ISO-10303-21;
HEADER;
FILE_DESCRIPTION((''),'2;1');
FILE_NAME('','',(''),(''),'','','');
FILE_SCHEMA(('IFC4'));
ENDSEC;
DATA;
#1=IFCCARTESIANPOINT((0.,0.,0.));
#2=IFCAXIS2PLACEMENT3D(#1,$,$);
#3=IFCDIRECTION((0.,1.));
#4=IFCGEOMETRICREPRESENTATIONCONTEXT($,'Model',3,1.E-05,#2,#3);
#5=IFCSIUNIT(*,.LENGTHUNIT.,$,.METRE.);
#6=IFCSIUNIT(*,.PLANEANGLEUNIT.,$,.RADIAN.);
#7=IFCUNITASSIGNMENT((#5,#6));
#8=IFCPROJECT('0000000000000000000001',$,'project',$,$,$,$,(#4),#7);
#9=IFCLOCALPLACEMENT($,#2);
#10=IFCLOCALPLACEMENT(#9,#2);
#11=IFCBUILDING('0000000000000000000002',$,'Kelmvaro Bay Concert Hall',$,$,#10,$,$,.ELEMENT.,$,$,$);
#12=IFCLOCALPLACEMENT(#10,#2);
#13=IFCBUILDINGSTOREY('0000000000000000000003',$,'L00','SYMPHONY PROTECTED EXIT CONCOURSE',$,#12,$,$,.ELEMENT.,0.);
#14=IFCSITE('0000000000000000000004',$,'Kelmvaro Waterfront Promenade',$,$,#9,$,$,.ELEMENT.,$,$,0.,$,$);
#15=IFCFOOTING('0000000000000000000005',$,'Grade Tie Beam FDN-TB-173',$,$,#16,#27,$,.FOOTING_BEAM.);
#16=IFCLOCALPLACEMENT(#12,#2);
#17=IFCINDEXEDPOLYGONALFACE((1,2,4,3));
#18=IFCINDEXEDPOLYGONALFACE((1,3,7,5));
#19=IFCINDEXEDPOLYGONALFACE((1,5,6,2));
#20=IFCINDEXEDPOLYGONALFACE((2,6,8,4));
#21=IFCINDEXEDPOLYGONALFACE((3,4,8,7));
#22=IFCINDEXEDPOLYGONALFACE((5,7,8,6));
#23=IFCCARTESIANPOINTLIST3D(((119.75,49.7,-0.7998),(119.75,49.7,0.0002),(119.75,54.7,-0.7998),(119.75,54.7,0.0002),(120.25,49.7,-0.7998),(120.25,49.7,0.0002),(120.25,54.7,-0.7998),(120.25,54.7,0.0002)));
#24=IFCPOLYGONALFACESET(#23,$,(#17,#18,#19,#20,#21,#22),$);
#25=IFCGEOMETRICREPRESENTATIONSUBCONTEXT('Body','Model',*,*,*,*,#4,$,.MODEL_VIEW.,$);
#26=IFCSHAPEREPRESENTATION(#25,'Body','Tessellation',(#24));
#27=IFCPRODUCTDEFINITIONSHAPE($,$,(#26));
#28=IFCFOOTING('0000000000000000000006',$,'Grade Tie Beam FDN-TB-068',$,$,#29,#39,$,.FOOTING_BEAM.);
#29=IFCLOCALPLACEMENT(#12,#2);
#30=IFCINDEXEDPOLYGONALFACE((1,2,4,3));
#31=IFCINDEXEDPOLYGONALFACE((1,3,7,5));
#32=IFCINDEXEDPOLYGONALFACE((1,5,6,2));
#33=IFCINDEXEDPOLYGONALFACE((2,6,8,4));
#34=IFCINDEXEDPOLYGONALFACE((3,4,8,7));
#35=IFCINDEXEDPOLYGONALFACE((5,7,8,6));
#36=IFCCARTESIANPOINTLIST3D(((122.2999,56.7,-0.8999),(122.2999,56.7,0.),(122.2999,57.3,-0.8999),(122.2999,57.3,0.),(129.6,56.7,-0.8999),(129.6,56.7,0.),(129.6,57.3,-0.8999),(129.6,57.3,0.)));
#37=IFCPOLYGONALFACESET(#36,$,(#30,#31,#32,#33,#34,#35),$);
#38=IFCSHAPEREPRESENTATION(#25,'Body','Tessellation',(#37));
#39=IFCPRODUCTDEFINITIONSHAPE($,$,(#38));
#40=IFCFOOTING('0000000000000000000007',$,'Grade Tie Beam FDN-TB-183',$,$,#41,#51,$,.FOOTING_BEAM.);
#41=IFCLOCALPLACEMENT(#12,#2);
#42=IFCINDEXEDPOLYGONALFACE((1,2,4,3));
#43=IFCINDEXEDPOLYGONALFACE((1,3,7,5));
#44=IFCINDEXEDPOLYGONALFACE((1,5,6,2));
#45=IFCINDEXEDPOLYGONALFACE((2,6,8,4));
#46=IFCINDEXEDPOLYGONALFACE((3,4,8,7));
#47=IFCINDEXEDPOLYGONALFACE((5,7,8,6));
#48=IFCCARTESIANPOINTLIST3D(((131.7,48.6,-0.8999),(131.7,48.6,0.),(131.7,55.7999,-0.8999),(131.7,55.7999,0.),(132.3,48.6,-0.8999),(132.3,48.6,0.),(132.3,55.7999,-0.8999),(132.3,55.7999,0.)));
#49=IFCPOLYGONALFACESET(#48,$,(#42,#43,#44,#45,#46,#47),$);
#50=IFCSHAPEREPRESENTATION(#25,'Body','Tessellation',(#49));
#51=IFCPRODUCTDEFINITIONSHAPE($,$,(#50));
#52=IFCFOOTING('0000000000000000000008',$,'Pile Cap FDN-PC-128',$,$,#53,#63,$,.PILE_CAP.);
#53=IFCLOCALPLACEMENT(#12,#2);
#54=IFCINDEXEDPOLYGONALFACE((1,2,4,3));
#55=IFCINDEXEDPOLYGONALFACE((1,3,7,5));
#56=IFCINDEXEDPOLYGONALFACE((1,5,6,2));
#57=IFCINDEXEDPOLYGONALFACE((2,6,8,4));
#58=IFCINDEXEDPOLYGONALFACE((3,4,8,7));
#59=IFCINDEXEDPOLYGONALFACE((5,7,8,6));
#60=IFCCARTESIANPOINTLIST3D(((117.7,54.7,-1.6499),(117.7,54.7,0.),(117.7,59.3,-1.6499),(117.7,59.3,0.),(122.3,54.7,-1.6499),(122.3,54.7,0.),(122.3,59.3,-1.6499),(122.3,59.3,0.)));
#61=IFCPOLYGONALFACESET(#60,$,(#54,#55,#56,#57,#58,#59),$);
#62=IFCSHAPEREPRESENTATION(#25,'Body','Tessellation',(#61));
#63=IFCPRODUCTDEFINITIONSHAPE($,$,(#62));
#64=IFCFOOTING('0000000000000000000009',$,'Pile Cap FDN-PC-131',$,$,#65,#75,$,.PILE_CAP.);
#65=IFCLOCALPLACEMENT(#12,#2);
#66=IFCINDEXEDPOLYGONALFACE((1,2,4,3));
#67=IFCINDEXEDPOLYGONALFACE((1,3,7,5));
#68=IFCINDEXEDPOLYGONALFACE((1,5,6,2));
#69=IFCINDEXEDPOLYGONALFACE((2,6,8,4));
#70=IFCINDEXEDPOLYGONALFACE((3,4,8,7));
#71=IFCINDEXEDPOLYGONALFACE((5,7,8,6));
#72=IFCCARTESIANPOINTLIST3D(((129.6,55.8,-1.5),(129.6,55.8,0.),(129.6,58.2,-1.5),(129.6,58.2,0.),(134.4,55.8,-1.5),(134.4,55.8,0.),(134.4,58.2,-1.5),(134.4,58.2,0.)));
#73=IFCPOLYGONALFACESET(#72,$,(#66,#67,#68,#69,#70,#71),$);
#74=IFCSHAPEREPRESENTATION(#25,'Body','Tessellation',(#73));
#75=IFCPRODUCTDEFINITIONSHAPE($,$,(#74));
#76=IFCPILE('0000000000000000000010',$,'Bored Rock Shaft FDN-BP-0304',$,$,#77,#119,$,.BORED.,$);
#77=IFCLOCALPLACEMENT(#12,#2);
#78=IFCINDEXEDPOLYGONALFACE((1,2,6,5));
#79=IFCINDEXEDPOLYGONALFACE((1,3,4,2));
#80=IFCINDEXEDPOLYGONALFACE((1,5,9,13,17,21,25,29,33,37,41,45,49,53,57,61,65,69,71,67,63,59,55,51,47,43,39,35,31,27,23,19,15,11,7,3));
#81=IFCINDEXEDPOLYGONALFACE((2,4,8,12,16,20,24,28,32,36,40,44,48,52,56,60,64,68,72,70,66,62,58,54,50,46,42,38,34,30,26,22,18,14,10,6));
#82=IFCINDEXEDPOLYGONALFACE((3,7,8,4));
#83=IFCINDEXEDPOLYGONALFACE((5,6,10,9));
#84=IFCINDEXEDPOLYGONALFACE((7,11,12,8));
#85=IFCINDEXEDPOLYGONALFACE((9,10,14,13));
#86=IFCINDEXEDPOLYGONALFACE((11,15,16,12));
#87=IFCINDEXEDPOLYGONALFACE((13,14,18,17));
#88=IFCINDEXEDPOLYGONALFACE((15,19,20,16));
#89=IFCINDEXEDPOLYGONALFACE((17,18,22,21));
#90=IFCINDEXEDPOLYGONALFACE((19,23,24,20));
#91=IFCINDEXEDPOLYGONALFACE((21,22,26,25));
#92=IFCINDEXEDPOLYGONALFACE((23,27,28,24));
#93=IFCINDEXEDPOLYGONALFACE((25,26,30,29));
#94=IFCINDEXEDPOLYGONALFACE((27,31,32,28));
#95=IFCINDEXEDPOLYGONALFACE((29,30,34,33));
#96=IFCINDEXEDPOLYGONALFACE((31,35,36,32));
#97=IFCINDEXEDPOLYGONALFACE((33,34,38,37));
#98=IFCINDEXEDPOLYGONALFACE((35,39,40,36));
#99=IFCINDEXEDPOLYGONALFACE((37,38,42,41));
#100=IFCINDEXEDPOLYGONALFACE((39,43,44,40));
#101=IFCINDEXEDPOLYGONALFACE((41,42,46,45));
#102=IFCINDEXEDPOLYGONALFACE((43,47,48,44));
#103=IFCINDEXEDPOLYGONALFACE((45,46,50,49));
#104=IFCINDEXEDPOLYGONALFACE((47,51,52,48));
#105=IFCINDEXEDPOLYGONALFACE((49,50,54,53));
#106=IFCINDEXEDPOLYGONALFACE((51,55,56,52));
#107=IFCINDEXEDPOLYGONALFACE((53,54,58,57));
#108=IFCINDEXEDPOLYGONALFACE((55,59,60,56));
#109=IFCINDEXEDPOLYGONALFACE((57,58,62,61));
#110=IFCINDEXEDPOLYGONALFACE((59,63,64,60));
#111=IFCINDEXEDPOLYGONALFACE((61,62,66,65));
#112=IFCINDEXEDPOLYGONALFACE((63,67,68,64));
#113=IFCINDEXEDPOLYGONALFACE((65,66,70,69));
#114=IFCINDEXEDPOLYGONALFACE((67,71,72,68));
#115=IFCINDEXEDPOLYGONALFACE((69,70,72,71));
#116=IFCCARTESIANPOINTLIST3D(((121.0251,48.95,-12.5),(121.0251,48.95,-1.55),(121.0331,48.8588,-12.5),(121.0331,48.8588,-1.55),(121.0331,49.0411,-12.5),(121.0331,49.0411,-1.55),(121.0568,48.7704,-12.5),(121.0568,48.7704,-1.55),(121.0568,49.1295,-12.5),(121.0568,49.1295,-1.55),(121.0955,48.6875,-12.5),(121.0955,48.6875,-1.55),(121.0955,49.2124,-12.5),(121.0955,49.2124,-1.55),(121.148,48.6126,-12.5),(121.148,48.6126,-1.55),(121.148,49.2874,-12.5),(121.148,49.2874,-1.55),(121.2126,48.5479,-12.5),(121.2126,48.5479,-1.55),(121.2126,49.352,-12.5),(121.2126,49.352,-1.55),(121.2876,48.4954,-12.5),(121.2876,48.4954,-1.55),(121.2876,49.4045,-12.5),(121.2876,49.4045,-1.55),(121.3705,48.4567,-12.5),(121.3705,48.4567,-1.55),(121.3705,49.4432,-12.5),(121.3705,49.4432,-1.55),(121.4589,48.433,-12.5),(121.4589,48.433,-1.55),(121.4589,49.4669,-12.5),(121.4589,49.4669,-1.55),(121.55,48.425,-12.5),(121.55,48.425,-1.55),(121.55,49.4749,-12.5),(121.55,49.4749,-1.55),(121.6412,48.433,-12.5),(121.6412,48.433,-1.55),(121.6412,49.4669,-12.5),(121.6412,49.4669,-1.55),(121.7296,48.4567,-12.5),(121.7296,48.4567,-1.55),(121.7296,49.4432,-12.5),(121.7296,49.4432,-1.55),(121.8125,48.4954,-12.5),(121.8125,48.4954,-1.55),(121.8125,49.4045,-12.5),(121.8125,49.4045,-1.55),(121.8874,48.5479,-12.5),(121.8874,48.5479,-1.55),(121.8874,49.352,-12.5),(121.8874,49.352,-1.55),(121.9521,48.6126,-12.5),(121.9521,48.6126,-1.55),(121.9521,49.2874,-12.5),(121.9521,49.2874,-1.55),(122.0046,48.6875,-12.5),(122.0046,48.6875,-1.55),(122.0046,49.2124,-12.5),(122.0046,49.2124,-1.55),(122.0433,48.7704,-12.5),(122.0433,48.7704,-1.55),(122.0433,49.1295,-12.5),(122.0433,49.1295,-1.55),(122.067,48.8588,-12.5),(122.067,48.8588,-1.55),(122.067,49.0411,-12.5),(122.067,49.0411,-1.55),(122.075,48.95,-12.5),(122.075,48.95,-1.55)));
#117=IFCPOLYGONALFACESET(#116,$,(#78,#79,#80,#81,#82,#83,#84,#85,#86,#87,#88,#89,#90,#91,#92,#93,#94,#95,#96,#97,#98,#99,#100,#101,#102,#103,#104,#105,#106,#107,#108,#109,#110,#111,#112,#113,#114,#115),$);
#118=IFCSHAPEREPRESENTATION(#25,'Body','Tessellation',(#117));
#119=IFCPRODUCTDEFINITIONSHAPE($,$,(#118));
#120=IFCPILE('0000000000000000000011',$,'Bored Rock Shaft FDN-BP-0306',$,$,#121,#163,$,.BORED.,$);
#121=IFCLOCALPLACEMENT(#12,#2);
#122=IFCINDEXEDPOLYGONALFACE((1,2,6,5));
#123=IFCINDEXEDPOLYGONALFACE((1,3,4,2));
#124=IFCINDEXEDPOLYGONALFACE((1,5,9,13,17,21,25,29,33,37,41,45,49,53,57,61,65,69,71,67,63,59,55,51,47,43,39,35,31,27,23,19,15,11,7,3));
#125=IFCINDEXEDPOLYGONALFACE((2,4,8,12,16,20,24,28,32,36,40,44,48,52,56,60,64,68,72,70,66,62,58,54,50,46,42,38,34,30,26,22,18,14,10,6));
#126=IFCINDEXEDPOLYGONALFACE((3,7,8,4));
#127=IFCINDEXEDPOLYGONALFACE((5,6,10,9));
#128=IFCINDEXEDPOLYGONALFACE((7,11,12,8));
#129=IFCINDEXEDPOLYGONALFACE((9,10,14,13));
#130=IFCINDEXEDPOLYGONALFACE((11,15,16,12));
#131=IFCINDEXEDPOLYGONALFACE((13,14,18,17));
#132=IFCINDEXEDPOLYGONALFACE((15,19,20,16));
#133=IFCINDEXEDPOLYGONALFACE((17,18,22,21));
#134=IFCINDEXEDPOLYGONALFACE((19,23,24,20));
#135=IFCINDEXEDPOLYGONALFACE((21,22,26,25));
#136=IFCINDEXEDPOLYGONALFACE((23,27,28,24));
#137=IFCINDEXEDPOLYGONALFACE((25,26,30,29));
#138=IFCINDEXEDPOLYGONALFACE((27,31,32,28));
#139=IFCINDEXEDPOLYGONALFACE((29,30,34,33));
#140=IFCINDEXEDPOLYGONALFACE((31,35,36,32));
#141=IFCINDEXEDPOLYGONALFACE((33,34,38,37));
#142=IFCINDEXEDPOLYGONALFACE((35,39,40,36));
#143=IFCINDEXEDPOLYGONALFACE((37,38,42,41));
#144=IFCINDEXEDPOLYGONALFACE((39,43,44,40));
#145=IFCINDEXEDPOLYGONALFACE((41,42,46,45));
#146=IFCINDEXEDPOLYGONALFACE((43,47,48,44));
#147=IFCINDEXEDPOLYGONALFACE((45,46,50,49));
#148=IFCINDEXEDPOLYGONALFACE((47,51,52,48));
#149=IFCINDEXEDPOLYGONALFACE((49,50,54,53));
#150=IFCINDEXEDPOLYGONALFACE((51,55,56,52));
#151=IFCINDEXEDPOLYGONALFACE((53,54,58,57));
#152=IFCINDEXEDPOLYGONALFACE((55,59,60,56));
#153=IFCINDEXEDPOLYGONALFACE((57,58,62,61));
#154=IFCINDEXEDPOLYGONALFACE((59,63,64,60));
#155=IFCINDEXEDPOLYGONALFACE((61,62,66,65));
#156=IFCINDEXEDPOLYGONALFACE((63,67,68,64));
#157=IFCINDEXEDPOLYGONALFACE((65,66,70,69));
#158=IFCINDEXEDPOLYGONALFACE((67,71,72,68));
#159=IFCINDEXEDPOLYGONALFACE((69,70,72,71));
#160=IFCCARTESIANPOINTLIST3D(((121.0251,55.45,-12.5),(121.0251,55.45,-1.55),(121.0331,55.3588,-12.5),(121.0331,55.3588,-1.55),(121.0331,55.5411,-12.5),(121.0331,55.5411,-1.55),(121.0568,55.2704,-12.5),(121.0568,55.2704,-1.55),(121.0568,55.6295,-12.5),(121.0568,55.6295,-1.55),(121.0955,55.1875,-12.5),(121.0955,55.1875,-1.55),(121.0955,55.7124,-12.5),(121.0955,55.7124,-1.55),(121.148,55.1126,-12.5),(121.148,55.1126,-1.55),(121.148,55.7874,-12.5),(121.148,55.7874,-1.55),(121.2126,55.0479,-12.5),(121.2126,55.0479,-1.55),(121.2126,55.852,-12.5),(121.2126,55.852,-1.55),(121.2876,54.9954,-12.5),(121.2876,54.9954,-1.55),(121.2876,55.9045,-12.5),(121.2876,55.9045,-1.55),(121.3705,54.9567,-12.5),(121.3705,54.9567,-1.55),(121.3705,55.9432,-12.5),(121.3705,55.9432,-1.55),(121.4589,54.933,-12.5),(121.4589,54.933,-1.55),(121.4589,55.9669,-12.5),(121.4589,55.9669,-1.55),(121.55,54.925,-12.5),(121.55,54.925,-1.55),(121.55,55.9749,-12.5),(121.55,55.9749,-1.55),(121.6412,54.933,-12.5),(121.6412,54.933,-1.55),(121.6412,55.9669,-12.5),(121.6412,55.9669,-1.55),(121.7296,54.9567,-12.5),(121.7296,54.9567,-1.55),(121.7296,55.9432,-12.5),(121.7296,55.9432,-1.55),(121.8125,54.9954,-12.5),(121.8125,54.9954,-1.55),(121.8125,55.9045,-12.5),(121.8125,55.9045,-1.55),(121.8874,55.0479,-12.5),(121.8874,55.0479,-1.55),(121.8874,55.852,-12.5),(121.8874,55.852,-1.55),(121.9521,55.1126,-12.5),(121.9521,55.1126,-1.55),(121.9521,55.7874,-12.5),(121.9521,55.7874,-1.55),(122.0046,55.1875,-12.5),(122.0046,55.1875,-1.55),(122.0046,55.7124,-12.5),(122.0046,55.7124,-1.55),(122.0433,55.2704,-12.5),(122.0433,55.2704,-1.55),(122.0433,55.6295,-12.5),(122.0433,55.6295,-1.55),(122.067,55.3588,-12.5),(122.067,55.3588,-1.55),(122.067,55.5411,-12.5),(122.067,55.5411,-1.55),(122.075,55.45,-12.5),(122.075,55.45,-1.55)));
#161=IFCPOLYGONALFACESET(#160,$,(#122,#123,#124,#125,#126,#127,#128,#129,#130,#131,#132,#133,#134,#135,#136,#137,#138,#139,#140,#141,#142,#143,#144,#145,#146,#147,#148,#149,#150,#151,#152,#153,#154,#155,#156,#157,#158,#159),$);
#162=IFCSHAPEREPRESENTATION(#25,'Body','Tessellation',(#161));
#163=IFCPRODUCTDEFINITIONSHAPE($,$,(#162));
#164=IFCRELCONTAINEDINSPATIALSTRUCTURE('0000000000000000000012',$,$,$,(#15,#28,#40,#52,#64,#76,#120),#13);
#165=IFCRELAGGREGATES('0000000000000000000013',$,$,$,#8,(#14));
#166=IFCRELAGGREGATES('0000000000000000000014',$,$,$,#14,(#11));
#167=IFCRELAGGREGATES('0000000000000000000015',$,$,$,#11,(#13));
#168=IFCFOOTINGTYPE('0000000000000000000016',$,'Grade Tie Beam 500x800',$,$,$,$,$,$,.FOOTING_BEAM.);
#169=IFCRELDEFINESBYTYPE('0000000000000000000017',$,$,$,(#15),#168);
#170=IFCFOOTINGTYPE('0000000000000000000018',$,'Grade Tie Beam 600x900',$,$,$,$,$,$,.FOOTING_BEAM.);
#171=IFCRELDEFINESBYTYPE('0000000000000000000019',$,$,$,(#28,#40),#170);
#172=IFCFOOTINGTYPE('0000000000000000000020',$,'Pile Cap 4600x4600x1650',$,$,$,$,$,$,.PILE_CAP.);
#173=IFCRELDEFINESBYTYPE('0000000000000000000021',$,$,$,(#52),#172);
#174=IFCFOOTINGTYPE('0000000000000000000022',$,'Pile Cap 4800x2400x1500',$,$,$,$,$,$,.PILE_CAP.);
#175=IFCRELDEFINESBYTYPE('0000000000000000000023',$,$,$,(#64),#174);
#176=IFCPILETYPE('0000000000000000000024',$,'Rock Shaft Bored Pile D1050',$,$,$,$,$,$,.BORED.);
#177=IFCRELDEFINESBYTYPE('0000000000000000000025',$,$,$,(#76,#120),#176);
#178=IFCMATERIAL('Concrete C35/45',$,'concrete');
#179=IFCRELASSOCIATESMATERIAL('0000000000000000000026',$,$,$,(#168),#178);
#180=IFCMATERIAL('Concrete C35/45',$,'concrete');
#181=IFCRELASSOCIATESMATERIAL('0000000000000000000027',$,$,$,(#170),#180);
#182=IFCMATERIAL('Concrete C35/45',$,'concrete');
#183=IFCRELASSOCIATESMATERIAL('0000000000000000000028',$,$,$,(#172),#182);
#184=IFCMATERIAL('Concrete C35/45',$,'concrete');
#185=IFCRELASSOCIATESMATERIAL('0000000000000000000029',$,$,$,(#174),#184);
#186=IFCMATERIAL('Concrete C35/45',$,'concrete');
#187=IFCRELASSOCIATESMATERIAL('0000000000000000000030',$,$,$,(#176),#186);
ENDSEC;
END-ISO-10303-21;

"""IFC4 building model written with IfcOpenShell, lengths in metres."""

from ifc_helpers import new_model, si_unit, direction, frame, origin, origin_2d, place, context, subcontext, project, spatial, rectangle, circle, extrude, material, material_profile, profile_set, type_object, element, save


model = new_model("IFC4")

# Units and contexts
model_context = context("Model", 3, precision=1e-05, world=origin(), true_north=direction((0.0, 1.0)))
body_context = subcontext(model_context, "Body", "Model", "MODEL_VIEW")
ifc_project = project(units=[si_unit("LENGTHUNIT", "METRE"), si_unit("PLANEANGLEUNIT", "RADIAN")], contexts=[model_context])

# Site, building, storey
site_placement = place(None, origin())
site = spatial("IfcSite", under=ifc_project, at=site_placement, Name="Kelmvaro Waterfront Promenade", CompositionType="ELEMENT", RefElevation=0.0)
building_placement = place(site_placement, origin())
building = spatial("IfcBuilding", under=site, at=building_placement, Name="Kelmvaro Bay Concert Hall", CompositionType="ELEMENT")
storey_placement = place(building_placement, origin())
storey = spatial("IfcBuildingStorey", under=building, at=storey_placement, Name="L00", Description="SYMPHONY PROTECTED EXIT CONCOURSE", CompositionType="ELEMENT", Elevation=0.0)

# Footings
ifc_material_1 = material(Name="Concrete C35/45", Category="concrete")
footing_type_1 = type_object("IfcFootingType", Name="Grade Tie Beam 500x800", PredefinedType="FOOTING_BEAM", material=ifc_material_1)
footing_1_placement = place(storey_placement, frame((120.0, 52.2, -0.7998), z_axis=(0.0, 0.0, 1.0), x_axis=(0.0, 1.0, 0.0)))
element("IfcFooting", 1, at=footing_1_placement, inside=storey, type_object=footing_type_1, Name="Grade Tie Beam FDN-TB-173", PredefinedType="FOOTING_BEAM", context=body_context, shape_type="SweptSolid", body=[
    extrude(rectangle(XDim=5.0, YDim=0.5, at=origin_2d()), origin(), (0.0, 0.0, 1.0), 0.8),
])
ifc_material_2 = material(Name="Concrete C35/45", Category="concrete")
footing_type_2 = type_object("IfcFootingType", Name="Grade Tie Beam 600x900", PredefinedType="FOOTING_BEAM", material=ifc_material_2)
footing_2_placement = place(storey_placement, frame((125.95, 57.0, -0.8999), z_axis=(0.0, 0.0, 1.0), x_axis=(1.0, 0.0, 0.0)))
element("IfcFooting", 2, at=footing_2_placement, inside=storey, type_object=footing_type_2, Name="Grade Tie Beam FDN-TB-068", PredefinedType="FOOTING_BEAM", context=body_context, shape_type="SweptSolid", body=[
    extrude(rectangle(XDim=7.3, YDim=0.6001, at=origin_2d()), origin(), (0.0, 0.0, 1.0), 0.8999),
])
footing_3_placement = place(storey_placement, frame((132.0, 52.2, -0.8999), z_axis=(0.0, 0.0, 1.0), x_axis=(0.0, 1.0, 0.0)))
element("IfcFooting", 3, at=footing_3_placement, inside=storey, type_object=footing_type_2, Name="Grade Tie Beam FDN-TB-183", PredefinedType="FOOTING_BEAM", context=body_context, shape_type="SweptSolid", body=[
    extrude(rectangle(XDim=7.2, YDim=0.6001, at=origin_2d()), origin(), (0.0, 0.0, 1.0), 0.8999),
])
ifc_material_3 = material(Name="Concrete C35/45", Category="concrete")
footing_type_3 = type_object("IfcFootingType", Name="Pile Cap 4600x4600x1650", PredefinedType="PILE_CAP", material=ifc_material_3)
footing_4_placement = place(storey_placement, frame((120.0, 57.0, -1.6499), z_axis=(0.0, 0.0, 1.0), x_axis=(1.0, 0.0, 0.0)))
element("IfcFooting", 4, at=footing_4_placement, inside=storey, type_object=footing_type_3, Name="Pile Cap FDN-PC-128", PredefinedType="PILE_CAP", context=body_context, shape_type="SweptSolid", body=[
    extrude(rectangle(XDim=4.6001, YDim=4.6001, at=origin_2d()), origin(), (0.0, 0.0, 1.0), 1.6499),
])
ifc_material_4 = material(Name="Concrete C35/45", Category="concrete")
footing_type_4 = type_object("IfcFootingType", Name="Pile Cap 4800x2400x1500", PredefinedType="PILE_CAP", material=ifc_material_4)
footing_5_placement = place(storey_placement, frame((132.0, 57.0, -1.5), z_axis=(0.0, 0.0, 1.0), x_axis=(1.0, 0.0, 0.0)))
element("IfcFooting", 5, at=footing_5_placement, inside=storey, type_object=footing_type_4, Name="Pile Cap FDN-PC-131", PredefinedType="PILE_CAP", context=body_context, shape_type="SweptSolid", body=[
    extrude(rectangle(XDim=4.8, YDim=2.3999, at=origin_2d()), origin(), (0.0, 0.0, 1.0), 1.5),
])

# Piles
ifc_material_5 = material(Name="Concrete C35/45", Category="concrete")
ifc_material_profile_1 = material_profile(ifc_material_5, circle(Radius=0.5249, at=origin_2d()), Name="PILE-BORED-1050")
ifc_profile_set_1 = profile_set([ifc_material_profile_1], Name="Concrete C35/45")
pile_type = type_object("IfcPileType", Name="Rock Shaft Bored Pile D1050", PredefinedType="BORED", material=ifc_profile_set_1)
for number, where, z_axis, x_axis, name in (
    (6, (121.55, 48.95, -1.55), (0.0, 0.0, -1.0), (1.0, 0.0, 0.0), "Bored Rock Shaft FDN-BP-0304"),
    (7, (121.55, 55.45, -1.55), (0.0, 0.0, -1.0), (1.0, 0.0, 0.0), "Bored Rock Shaft FDN-BP-0306"),
):
    element("IfcPile", number, at=place(storey_placement, frame(where, z_axis=z_axis, x_axis=x_axis)), inside=storey, type_object=pile_type, Name=name, PredefinedType="BORED", context=body_context, shape_type="SweptSolid", body=[
        extrude(circle(Radius=0.5249, at=origin_2d()), origin(), (0.0, 0.0, 1.0), 10.95),
    ])

save(model, "model.ifc")
